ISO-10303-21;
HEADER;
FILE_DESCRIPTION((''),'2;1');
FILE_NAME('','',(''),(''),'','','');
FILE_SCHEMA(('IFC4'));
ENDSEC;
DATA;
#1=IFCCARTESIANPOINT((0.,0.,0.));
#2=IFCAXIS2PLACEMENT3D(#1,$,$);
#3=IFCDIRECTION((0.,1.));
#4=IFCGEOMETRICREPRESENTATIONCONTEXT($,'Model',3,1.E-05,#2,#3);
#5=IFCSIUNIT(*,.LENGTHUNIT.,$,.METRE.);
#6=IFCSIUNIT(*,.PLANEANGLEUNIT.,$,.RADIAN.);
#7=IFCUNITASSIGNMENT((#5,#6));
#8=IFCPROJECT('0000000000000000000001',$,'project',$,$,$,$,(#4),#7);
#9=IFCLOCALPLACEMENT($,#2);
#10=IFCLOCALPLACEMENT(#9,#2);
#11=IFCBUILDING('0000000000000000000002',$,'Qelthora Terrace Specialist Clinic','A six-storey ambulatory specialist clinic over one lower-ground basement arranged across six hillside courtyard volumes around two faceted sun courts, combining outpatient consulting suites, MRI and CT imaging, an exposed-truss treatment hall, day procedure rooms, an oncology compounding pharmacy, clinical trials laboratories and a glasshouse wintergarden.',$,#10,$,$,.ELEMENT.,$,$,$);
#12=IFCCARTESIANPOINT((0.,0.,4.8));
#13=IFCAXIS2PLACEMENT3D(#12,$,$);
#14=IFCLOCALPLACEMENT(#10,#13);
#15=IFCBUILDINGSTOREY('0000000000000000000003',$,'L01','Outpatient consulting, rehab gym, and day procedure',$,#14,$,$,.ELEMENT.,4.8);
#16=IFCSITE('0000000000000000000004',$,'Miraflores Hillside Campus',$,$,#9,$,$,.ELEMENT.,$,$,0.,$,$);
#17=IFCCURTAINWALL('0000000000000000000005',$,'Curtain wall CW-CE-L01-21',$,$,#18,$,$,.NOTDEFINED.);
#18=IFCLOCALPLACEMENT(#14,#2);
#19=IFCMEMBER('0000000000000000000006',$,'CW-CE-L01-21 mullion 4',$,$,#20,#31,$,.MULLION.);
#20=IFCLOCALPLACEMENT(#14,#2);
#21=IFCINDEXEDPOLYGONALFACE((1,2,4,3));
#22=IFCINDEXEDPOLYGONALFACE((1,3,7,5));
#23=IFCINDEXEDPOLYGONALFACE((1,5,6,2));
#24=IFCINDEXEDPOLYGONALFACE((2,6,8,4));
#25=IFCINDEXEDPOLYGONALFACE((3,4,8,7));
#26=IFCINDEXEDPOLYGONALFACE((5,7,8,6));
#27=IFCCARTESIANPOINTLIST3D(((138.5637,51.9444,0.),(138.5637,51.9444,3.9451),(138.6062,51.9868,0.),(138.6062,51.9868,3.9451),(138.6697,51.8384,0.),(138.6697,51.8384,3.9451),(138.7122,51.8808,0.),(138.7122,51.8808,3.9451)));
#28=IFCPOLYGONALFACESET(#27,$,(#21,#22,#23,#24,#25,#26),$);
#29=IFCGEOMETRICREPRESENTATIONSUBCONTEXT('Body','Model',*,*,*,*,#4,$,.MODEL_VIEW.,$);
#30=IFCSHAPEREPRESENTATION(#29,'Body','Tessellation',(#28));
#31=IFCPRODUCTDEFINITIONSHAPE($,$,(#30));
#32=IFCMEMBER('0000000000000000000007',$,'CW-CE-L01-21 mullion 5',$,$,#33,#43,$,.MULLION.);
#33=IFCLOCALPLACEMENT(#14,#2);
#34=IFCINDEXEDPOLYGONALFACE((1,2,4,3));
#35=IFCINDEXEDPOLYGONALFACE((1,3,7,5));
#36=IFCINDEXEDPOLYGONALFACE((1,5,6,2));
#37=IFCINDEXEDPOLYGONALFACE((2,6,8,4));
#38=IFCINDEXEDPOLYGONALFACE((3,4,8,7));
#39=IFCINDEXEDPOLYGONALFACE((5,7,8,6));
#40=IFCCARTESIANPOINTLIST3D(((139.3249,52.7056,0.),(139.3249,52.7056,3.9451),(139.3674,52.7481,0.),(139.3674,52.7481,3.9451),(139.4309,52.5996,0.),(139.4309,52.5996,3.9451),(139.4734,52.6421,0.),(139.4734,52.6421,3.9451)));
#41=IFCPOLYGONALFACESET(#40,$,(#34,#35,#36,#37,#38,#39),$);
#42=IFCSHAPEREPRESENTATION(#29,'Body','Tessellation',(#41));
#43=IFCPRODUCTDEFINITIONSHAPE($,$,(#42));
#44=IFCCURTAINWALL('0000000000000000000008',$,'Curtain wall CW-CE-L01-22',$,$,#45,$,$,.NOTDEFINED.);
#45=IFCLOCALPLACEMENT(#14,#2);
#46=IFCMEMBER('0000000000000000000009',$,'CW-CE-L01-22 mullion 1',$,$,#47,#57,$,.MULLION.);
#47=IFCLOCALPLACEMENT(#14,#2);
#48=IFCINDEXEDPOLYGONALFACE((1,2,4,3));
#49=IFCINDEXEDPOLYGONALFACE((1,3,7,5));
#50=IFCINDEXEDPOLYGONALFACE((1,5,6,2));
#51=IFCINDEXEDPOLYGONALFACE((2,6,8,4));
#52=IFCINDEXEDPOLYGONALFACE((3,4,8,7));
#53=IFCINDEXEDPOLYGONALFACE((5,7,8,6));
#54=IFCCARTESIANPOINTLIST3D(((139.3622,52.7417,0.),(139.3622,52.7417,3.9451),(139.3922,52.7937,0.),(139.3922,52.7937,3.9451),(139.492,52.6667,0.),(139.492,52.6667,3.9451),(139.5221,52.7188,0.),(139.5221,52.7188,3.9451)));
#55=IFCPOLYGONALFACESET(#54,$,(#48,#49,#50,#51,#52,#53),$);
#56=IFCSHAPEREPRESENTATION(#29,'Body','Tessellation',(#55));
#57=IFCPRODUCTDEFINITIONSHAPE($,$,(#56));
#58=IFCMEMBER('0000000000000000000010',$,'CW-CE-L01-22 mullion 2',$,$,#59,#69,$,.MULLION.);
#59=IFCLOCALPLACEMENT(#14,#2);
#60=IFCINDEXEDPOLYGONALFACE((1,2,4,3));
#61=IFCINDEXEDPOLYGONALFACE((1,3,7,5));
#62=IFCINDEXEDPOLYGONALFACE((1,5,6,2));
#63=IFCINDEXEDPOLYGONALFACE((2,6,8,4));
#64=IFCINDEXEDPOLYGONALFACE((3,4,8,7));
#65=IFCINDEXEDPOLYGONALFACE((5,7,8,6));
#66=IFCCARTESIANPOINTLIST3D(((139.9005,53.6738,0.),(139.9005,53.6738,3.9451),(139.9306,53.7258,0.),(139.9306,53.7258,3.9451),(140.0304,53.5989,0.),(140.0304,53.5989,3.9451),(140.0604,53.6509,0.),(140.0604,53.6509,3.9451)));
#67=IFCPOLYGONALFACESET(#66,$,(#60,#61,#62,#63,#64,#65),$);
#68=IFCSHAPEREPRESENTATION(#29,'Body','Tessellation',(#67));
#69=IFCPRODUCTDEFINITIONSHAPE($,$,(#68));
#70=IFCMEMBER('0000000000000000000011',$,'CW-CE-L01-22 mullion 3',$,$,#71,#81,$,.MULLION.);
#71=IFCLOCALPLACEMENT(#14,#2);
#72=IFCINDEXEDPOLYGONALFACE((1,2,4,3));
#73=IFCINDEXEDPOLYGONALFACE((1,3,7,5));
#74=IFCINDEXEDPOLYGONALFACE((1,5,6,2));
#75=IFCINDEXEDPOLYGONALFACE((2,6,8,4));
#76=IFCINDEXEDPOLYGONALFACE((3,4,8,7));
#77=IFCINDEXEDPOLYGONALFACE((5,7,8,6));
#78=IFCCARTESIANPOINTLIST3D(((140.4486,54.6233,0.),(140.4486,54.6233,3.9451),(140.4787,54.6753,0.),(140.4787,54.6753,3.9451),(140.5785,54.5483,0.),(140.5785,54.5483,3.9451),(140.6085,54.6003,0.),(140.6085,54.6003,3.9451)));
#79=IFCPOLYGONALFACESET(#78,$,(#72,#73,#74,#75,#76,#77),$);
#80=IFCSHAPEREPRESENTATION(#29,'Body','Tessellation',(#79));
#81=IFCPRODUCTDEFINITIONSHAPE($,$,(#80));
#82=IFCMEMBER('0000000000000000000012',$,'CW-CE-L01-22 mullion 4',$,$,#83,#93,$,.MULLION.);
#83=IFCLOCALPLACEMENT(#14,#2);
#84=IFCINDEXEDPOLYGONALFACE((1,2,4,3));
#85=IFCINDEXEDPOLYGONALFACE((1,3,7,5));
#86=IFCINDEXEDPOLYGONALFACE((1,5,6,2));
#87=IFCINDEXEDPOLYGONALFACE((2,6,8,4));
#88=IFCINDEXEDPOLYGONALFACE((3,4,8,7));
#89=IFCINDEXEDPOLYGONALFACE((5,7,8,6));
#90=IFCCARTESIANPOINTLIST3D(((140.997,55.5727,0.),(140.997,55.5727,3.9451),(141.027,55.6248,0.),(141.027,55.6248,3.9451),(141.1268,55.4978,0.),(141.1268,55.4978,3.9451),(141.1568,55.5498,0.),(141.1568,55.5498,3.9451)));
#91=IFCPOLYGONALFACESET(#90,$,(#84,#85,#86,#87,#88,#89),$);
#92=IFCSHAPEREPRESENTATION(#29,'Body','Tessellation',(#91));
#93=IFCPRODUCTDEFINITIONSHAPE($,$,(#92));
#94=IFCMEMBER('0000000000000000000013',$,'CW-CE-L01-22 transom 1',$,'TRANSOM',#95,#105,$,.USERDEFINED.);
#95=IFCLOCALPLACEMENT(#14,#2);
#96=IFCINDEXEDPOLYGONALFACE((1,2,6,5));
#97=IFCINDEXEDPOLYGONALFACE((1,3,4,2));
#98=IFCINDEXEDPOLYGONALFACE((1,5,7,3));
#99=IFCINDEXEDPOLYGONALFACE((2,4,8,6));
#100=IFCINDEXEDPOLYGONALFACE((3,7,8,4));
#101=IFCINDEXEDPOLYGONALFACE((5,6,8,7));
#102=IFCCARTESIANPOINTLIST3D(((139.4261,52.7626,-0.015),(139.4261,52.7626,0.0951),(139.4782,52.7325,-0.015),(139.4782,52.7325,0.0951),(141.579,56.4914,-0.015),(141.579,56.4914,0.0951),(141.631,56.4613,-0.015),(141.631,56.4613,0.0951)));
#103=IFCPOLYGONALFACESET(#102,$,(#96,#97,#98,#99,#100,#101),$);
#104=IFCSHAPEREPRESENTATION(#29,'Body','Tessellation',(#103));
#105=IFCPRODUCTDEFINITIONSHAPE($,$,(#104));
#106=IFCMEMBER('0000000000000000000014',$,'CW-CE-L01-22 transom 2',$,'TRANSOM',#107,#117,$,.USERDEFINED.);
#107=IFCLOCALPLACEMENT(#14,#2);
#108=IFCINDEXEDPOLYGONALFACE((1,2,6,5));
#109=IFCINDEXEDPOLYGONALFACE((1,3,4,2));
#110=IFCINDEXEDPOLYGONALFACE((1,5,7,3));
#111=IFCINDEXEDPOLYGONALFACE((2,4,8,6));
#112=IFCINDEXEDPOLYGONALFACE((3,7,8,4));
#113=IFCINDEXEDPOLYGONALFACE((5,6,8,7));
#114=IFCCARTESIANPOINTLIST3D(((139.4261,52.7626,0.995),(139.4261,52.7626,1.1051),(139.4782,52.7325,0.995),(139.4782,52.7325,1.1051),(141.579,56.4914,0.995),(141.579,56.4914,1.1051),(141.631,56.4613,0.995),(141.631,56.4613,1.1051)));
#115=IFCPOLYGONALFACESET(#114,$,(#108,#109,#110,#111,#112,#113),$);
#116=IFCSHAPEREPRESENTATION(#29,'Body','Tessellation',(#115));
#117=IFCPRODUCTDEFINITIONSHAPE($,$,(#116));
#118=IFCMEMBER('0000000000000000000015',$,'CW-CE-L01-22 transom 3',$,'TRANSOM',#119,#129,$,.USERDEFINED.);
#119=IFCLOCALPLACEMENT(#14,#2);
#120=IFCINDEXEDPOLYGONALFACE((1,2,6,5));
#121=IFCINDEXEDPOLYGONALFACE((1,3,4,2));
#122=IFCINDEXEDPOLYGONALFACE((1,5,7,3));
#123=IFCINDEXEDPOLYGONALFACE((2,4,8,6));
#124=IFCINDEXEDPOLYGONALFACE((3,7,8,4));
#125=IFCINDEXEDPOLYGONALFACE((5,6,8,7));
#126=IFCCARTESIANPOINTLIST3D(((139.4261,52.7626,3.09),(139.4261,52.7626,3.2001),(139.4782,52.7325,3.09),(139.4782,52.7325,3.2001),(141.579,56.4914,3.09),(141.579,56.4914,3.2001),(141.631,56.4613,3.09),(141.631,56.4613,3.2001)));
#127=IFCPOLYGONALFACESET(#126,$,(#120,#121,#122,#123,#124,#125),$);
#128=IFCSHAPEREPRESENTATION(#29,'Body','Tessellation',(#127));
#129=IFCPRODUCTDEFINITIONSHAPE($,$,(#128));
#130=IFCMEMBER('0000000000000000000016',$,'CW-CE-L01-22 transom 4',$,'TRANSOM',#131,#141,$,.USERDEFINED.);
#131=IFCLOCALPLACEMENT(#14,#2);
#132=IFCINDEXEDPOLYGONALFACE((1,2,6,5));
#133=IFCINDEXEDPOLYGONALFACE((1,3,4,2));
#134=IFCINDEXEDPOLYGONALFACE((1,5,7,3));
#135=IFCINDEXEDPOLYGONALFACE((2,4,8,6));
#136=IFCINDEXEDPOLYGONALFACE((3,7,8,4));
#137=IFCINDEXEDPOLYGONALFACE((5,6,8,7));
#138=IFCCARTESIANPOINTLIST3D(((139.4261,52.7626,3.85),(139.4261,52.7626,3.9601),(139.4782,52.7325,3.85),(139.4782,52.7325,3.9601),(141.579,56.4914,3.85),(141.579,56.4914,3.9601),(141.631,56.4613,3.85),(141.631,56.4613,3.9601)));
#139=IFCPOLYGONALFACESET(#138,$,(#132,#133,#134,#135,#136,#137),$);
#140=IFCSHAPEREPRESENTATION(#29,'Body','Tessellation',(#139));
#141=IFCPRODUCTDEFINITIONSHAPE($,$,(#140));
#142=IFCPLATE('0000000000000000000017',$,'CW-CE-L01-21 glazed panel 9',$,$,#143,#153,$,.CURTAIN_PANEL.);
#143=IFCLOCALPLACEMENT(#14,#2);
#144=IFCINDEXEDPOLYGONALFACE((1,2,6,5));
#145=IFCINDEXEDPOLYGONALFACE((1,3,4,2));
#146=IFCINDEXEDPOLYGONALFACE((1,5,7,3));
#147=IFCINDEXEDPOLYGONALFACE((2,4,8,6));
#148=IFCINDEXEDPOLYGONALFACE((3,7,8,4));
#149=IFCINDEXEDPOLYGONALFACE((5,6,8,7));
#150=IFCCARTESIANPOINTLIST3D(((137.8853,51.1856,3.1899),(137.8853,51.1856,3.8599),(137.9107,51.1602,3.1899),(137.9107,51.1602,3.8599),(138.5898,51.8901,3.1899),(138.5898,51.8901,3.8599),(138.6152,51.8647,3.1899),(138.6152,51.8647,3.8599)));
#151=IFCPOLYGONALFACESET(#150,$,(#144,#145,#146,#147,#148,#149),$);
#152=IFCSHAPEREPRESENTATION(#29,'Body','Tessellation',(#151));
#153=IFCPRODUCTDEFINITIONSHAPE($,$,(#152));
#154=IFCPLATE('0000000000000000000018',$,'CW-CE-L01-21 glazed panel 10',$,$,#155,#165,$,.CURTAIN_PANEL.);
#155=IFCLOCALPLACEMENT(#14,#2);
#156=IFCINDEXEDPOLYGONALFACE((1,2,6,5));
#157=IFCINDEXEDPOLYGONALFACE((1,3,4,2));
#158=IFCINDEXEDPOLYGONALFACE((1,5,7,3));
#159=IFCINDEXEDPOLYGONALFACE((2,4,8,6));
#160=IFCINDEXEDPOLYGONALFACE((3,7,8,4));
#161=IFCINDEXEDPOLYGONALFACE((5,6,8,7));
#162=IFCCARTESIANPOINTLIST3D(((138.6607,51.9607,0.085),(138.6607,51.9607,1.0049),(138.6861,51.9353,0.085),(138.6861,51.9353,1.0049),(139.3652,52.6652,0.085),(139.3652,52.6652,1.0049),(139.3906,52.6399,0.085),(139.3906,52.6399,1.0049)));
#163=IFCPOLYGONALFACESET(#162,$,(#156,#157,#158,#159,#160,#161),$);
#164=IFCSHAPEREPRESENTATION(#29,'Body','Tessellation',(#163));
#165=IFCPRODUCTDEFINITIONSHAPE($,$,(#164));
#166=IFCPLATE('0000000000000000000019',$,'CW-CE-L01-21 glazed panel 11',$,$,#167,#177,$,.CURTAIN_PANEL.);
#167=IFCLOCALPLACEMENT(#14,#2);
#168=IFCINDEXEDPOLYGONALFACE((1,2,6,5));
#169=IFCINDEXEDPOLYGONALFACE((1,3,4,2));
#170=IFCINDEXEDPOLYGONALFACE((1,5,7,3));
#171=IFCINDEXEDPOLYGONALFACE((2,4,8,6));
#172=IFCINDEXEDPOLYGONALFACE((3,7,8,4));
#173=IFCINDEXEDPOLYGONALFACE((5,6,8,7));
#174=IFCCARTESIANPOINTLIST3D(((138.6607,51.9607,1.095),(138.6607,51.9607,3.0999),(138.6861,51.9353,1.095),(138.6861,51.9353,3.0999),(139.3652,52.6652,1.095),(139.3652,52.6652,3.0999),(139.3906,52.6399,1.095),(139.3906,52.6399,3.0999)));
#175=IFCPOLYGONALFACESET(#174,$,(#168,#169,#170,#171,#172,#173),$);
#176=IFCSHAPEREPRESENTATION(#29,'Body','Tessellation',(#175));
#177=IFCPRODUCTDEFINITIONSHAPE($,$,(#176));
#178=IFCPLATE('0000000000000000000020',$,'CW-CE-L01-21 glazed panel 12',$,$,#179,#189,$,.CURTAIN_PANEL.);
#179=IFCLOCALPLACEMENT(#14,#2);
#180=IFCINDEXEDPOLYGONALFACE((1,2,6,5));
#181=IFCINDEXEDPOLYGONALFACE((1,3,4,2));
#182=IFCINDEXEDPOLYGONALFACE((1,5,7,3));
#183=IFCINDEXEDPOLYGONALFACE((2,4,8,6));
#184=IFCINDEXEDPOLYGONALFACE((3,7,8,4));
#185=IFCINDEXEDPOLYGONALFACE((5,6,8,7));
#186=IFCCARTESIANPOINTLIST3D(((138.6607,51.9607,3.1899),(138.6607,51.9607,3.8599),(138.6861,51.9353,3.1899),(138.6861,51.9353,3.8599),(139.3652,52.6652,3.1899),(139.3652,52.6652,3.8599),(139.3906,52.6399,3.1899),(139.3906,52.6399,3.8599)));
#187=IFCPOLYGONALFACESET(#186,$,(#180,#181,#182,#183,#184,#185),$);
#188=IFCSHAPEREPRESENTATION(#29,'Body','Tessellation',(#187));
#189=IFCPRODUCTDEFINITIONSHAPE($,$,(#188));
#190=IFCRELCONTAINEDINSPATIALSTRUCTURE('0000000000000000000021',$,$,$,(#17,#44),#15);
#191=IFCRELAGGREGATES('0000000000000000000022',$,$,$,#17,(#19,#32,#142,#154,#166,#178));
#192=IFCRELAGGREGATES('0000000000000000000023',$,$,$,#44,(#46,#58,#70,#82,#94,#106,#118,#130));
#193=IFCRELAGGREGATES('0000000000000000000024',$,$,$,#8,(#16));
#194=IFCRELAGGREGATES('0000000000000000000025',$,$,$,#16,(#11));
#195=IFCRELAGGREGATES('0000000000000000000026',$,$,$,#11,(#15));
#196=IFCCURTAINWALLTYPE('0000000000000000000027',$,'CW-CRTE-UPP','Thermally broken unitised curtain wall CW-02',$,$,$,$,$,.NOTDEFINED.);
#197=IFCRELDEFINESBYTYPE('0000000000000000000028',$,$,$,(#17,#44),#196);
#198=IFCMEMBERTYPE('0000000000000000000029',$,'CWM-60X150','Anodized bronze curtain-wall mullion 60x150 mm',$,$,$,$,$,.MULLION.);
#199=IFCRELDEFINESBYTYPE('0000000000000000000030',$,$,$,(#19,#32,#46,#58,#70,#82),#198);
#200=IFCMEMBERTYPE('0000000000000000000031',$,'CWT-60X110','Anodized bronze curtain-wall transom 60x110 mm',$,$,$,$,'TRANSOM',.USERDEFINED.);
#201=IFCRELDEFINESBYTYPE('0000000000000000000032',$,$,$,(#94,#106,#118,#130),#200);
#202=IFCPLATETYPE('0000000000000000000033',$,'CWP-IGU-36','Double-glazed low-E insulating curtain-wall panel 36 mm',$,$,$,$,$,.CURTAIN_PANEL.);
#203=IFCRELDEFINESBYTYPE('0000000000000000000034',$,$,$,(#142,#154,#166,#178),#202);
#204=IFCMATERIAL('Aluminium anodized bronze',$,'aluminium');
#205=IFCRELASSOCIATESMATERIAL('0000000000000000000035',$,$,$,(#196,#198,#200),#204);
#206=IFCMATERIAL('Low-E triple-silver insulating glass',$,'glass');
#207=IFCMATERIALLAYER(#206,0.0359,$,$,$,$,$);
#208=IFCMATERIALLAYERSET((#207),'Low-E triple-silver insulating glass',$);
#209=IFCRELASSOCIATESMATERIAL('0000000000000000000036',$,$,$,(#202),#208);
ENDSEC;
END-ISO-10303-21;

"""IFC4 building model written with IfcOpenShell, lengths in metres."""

from ifc_helpers import new_model, si_unit, direction, frame, origin, origin_2d, place, context, subcontext, project, spatial, rectangle, extrude, material, layer, layer_set, material_profile, profile_set, type_object, element, aggregate, save


model = new_model("IFC4")

# Units and contexts
model_context = context("Model", 3, precision=1e-05, world=origin(), true_north=direction((0.0, 1.0)))
body_context = subcontext(model_context, "Body", "Model", "MODEL_VIEW")
ifc_project = project(units=[si_unit("LENGTHUNIT", "METRE"), si_unit("PLANEANGLEUNIT", "RADIAN")], contexts=[model_context])

# Site, building, storey
site_placement = place(None, origin())
site = spatial("IfcSite", under=ifc_project, at=site_placement, Name="Miraflores Hillside Campus", CompositionType="ELEMENT", RefElevation=0.0)
building_placement = place(site_placement, origin())
building = spatial("IfcBuilding", under=site, at=building_placement, Name="Qelthora Terrace Specialist Clinic", Description="A six-storey ambulatory specialist clinic over one lower-ground basement arranged across six hillside courtyard volumes around two faceted sun courts, combining outpatient consulting suites, MRI and CT imaging, an exposed-truss treatment hall, day procedure rooms, an oncology compounding pharmacy, clinical trials laboratories and a glasshouse wintergarden.", CompositionType="ELEMENT")
storey_placement = place(building_placement, frame((0.0, 0.0, 4.8)))
storey = spatial("IfcBuildingStorey", under=building, at=storey_placement, Name="L01", Description="Outpatient consulting, rehab gym, and day procedure", CompositionType="ELEMENT", Elevation=4.8)

# Curtain walls, members
ifc_material_1 = material(Name="Aluminium anodized bronze", Category="aluminium")
curtain_wall_type = type_object("IfcCurtainWallType", Name="CW-CRTE-UPP", Description="Thermally broken unitised curtain wall CW-02", PredefinedType="NOTDEFINED", material=ifc_material_1)
curtain_wall_1_placement = place(storey_placement, origin())
curtain_wall_1 = element("IfcCurtainWall", 1, at=curtain_wall_1_placement, inside=storey, type_object=curtain_wall_type, Name="Curtain wall CW-CE-L01-21", PredefinedType="NOTDEFINED")
ifc_material_profile_1 = material_profile(ifc_material_1, rectangle(XDim=0.0601, YDim=0.1499, at=origin_2d()), Name="CWM60X150")
ifc_profile_set_1 = profile_set([ifc_material_profile_1], Name="Aluminium anodized bronze")
member_type_1 = type_object("IfcMemberType", Name="CWM-60X150", Description="Anodized bronze curtain-wall mullion 60x150 mm", PredefinedType="MULLION", material=ifc_profile_set_1)
member_1_placement = place(storey_placement, frame((138.6379, 51.9126, 0.0), z_axis=(0.0, 0.0, 1.0), x_axis=(0.707107, 0.707107, 0.0)))
member_1 = element("IfcMember", 2, at=member_1_placement, type_object=member_type_1, Name="CW-CE-L01-21 mullion 4", PredefinedType="MULLION", context=body_context, shape_type="SweptSolid", body=[
    extrude(rectangle(XDim=0.0601, YDim=0.1499, at=origin_2d()), origin(), (0.0, 0.0, 1.0), 3.9451),
])
member_2_placement = place(storey_placement, frame((139.3992, 52.6738, 0.0), z_axis=(0.0, 0.0, 1.0), x_axis=(0.707107, 0.707107, 0.0)))
member_2 = element("IfcMember", 3, at=member_2_placement, type_object=member_type_1, Name="CW-CE-L01-21 mullion 5", PredefinedType="MULLION", context=body_context, shape_type="SweptSolid", body=[
    extrude(rectangle(XDim=0.0601, YDim=0.1499, at=origin_2d()), origin(), (0.0, 0.0, 1.0), 3.9451),
])
curtain_wall_2_placement = place(storey_placement, origin())
curtain_wall_2 = element("IfcCurtainWall", 4, at=curtain_wall_2_placement, inside=storey, type_object=curtain_wall_type, Name="Curtain wall CW-CE-L01-22", PredefinedType="NOTDEFINED")
member_3_placement = place(storey_placement, frame((139.4421, 52.7302, 0.0), z_axis=(0.0, 0.0, 1.0), x_axis=(0.5, 0.866025, 0.0)))
member_3 = element("IfcMember", 5, at=member_3_placement, type_object=member_type_1, Name="CW-CE-L01-22 mullion 1", PredefinedType="MULLION", context=body_context, shape_type="SweptSolid", body=[
    extrude(rectangle(XDim=0.0601, YDim=0.1499, at=origin_2d()), origin(), (0.0, 0.0, 1.0), 3.9451),
])
member_4_placement = place(storey_placement, frame((139.9805, 53.6624, 0.0), z_axis=(0.0, 0.0, 1.0), x_axis=(0.5, 0.866025, 0.0)))
member_4 = element("IfcMember", 6, at=member_4_placement, type_object=member_type_1, Name="CW-CE-L01-22 mullion 2", PredefinedType="MULLION", context=body_context, shape_type="SweptSolid", body=[
    extrude(rectangle(XDim=0.0601, YDim=0.1499, at=origin_2d()), origin(), (0.0, 0.0, 1.0), 3.9451),
])
member_5_placement = place(storey_placement, frame((140.5286, 54.6118, 0.0), z_axis=(0.0, 0.0, 1.0), x_axis=(0.5, 0.866025, 0.0)))
member_5 = element("IfcMember", 7, at=member_5_placement, type_object=member_type_1, Name="CW-CE-L01-22 mullion 3", PredefinedType="MULLION", context=body_context, shape_type="SweptSolid", body=[
    extrude(rectangle(XDim=0.0601, YDim=0.1499, at=origin_2d()), origin(), (0.0, 0.0, 1.0), 3.9451),
])
member_6_placement = place(storey_placement, frame((141.0769, 55.5613, 0.0), z_axis=(0.0, 0.0, 1.0), x_axis=(0.5, 0.866025, 0.0)))
member_6 = element("IfcMember", 8, at=member_6_placement, type_object=member_type_1, Name="CW-CE-L01-22 mullion 4", PredefinedType="MULLION", context=body_context, shape_type="SweptSolid", body=[
    extrude(rectangle(XDim=0.0601, YDim=0.1499, at=origin_2d()), origin(), (0.0, 0.0, 1.0), 3.9451),
])
ifc_material_profile_2 = material_profile(ifc_material_1, rectangle(XDim=0.0601, YDim=0.1101, at=origin_2d()), Name="CWT60X110")
ifc_profile_set_2 = profile_set([ifc_material_profile_2], Name="Aluminium anodized bronze")
member_type_2 = type_object("IfcMemberType", Name="CWT-60X110", Description="Anodized bronze curtain-wall transom 60x110 mm", ElementType="TRANSOM", PredefinedType="USERDEFINED", material=ifc_profile_set_2)
member_7_placement = place(storey_placement, frame((139.4521, 52.7476, 0.04), z_axis=(0.500006, 0.866022, 0.0), x_axis=(-0.866022, 0.500006, 0.0)))
member_7 = element("IfcMember", 9, at=member_7_placement, type_object=member_type_2, Name="CW-CE-L01-22 transom 1", ObjectType="TRANSOM", PredefinedType="USERDEFINED", context=body_context, shape_type="SweptSolid", body=[
    extrude(rectangle(XDim=0.0601, YDim=0.1101, at=origin_2d()), origin(), (0.0, 0.0, 1.0), 4.3057),
])
member_8_placement = place(storey_placement, frame((139.4521, 52.7476, 1.05), z_axis=(0.500006, 0.866022, 0.0), x_axis=(-0.866022, 0.500006, 0.0)))
member_8 = element("IfcMember", 10, at=member_8_placement, type_object=member_type_2, Name="CW-CE-L01-22 transom 2", ObjectType="TRANSOM", PredefinedType="USERDEFINED", context=body_context, shape_type="SweptSolid", body=[
    extrude(rectangle(XDim=0.0601, YDim=0.1101, at=origin_2d()), origin(), (0.0, 0.0, 1.0), 4.3057),
])
member_9_placement = place(storey_placement, frame((139.4521, 52.7476, 3.145), z_axis=(0.500006, 0.866022, 0.0), x_axis=(-0.866022, 0.500006, 0.0)))
member_9 = element("IfcMember", 11, at=member_9_placement, type_object=member_type_2, Name="CW-CE-L01-22 transom 3", ObjectType="TRANSOM", PredefinedType="USERDEFINED", context=body_context, shape_type="SweptSolid", body=[
    extrude(rectangle(XDim=0.0601, YDim=0.1101, at=origin_2d()), origin(), (0.0, 0.0, 1.0), 4.3057),
])
member_10_placement = place(storey_placement, frame((139.4521, 52.7476, 3.905), z_axis=(0.500006, 0.866022, 0.0), x_axis=(-0.866022, 0.500006, 0.0)))
member_10 = element("IfcMember", 12, at=member_10_placement, type_object=member_type_2, Name="CW-CE-L01-22 transom 4", ObjectType="TRANSOM", PredefinedType="USERDEFINED", context=body_context, shape_type="SweptSolid", body=[
    extrude(rectangle(XDim=0.0601, YDim=0.1101, at=origin_2d()), origin(), (0.0, 0.0, 1.0), 4.3057),
])

# Plates
ifc_material_2 = material(Name="Low-E triple-silver insulating glass", Category="glass")
ifc_layer = layer(ifc_material_2, 0.0359)
ifc_layer_set = layer_set([ifc_layer], Name="Low-E triple-silver insulating glass")
plate_type = type_object("IfcPlateType", Name="CWP-IGU-36", Description="Double-glazed low-E insulating curtain-wall panel 36 mm", PredefinedType="CURTAIN_PANEL", material=ifc_layer_set)
plate_1_placement = place(storey_placement, frame((138.2502, 51.5251, 3.1899), z_axis=(0.0, 0.0, 1.0), x_axis=(0.707107, 0.707107, 0.0)))
plate_1 = element("IfcPlate", 13, at=plate_1_placement, type_object=plate_type, Name="CW-CE-L01-21 glazed panel 9", PredefinedType="CURTAIN_PANEL", context=body_context, shape_type="SweptSolid", body=[
    extrude(rectangle(XDim=0.9963, YDim=0.0359, at=origin_2d()), origin(), (0.0, 0.0, 1.0), 0.6699),
])
plate_2_placement = place(storey_placement, frame((139.0256, 52.3003, 0.085), z_axis=(0.0, 0.0, 1.0), x_axis=(0.707107, 0.707107, 0.0)))
plate_2 = element("IfcPlate", 14, at=plate_2_placement, type_object=plate_type, Name="CW-CE-L01-21 glazed panel 10", PredefinedType="CURTAIN_PANEL", context=body_context, shape_type="SweptSolid", body=[
    extrude(rectangle(XDim=0.9963, YDim=0.0359, at=origin_2d()), origin(), (0.0, 0.0, 1.0), 0.9199),
])
plate_3_placement = place(storey_placement, frame((139.0256, 52.3003, 1.095), z_axis=(0.0, 0.0, 1.0), x_axis=(0.707107, 0.707107, 0.0)))
plate_3 = element("IfcPlate", 15, at=plate_3_placement, type_object=plate_type, Name="CW-CE-L01-21 glazed panel 11", PredefinedType="CURTAIN_PANEL", context=body_context, shape_type="SweptSolid", body=[
    extrude(rectangle(XDim=0.9963, YDim=0.0359, at=origin_2d()), origin(), (0.0, 0.0, 1.0), 2.0049),
])
plate_4_placement = place(storey_placement, frame((139.0256, 52.3003, 3.1899), z_axis=(0.0, 0.0, 1.0), x_axis=(0.707107, 0.707107, 0.0)))
plate_4 = element("IfcPlate", 16, at=plate_4_placement, type_object=plate_type, Name="CW-CE-L01-21 glazed panel 12", PredefinedType="CURTAIN_PANEL", context=body_context, shape_type="SweptSolid", body=[
    extrude(rectangle(XDim=0.9963, YDim=0.0359, at=origin_2d()), origin(), (0.0, 0.0, 1.0), 0.6699),
])
aggregate(curtain_wall_1, [member_1, member_2, plate_1, plate_2, plate_3, plate_4])
aggregate(curtain_wall_2, [member_3, member_4, member_5, member_6, member_7, member_8, member_9, member_10])

save(model, "model.ifc")
